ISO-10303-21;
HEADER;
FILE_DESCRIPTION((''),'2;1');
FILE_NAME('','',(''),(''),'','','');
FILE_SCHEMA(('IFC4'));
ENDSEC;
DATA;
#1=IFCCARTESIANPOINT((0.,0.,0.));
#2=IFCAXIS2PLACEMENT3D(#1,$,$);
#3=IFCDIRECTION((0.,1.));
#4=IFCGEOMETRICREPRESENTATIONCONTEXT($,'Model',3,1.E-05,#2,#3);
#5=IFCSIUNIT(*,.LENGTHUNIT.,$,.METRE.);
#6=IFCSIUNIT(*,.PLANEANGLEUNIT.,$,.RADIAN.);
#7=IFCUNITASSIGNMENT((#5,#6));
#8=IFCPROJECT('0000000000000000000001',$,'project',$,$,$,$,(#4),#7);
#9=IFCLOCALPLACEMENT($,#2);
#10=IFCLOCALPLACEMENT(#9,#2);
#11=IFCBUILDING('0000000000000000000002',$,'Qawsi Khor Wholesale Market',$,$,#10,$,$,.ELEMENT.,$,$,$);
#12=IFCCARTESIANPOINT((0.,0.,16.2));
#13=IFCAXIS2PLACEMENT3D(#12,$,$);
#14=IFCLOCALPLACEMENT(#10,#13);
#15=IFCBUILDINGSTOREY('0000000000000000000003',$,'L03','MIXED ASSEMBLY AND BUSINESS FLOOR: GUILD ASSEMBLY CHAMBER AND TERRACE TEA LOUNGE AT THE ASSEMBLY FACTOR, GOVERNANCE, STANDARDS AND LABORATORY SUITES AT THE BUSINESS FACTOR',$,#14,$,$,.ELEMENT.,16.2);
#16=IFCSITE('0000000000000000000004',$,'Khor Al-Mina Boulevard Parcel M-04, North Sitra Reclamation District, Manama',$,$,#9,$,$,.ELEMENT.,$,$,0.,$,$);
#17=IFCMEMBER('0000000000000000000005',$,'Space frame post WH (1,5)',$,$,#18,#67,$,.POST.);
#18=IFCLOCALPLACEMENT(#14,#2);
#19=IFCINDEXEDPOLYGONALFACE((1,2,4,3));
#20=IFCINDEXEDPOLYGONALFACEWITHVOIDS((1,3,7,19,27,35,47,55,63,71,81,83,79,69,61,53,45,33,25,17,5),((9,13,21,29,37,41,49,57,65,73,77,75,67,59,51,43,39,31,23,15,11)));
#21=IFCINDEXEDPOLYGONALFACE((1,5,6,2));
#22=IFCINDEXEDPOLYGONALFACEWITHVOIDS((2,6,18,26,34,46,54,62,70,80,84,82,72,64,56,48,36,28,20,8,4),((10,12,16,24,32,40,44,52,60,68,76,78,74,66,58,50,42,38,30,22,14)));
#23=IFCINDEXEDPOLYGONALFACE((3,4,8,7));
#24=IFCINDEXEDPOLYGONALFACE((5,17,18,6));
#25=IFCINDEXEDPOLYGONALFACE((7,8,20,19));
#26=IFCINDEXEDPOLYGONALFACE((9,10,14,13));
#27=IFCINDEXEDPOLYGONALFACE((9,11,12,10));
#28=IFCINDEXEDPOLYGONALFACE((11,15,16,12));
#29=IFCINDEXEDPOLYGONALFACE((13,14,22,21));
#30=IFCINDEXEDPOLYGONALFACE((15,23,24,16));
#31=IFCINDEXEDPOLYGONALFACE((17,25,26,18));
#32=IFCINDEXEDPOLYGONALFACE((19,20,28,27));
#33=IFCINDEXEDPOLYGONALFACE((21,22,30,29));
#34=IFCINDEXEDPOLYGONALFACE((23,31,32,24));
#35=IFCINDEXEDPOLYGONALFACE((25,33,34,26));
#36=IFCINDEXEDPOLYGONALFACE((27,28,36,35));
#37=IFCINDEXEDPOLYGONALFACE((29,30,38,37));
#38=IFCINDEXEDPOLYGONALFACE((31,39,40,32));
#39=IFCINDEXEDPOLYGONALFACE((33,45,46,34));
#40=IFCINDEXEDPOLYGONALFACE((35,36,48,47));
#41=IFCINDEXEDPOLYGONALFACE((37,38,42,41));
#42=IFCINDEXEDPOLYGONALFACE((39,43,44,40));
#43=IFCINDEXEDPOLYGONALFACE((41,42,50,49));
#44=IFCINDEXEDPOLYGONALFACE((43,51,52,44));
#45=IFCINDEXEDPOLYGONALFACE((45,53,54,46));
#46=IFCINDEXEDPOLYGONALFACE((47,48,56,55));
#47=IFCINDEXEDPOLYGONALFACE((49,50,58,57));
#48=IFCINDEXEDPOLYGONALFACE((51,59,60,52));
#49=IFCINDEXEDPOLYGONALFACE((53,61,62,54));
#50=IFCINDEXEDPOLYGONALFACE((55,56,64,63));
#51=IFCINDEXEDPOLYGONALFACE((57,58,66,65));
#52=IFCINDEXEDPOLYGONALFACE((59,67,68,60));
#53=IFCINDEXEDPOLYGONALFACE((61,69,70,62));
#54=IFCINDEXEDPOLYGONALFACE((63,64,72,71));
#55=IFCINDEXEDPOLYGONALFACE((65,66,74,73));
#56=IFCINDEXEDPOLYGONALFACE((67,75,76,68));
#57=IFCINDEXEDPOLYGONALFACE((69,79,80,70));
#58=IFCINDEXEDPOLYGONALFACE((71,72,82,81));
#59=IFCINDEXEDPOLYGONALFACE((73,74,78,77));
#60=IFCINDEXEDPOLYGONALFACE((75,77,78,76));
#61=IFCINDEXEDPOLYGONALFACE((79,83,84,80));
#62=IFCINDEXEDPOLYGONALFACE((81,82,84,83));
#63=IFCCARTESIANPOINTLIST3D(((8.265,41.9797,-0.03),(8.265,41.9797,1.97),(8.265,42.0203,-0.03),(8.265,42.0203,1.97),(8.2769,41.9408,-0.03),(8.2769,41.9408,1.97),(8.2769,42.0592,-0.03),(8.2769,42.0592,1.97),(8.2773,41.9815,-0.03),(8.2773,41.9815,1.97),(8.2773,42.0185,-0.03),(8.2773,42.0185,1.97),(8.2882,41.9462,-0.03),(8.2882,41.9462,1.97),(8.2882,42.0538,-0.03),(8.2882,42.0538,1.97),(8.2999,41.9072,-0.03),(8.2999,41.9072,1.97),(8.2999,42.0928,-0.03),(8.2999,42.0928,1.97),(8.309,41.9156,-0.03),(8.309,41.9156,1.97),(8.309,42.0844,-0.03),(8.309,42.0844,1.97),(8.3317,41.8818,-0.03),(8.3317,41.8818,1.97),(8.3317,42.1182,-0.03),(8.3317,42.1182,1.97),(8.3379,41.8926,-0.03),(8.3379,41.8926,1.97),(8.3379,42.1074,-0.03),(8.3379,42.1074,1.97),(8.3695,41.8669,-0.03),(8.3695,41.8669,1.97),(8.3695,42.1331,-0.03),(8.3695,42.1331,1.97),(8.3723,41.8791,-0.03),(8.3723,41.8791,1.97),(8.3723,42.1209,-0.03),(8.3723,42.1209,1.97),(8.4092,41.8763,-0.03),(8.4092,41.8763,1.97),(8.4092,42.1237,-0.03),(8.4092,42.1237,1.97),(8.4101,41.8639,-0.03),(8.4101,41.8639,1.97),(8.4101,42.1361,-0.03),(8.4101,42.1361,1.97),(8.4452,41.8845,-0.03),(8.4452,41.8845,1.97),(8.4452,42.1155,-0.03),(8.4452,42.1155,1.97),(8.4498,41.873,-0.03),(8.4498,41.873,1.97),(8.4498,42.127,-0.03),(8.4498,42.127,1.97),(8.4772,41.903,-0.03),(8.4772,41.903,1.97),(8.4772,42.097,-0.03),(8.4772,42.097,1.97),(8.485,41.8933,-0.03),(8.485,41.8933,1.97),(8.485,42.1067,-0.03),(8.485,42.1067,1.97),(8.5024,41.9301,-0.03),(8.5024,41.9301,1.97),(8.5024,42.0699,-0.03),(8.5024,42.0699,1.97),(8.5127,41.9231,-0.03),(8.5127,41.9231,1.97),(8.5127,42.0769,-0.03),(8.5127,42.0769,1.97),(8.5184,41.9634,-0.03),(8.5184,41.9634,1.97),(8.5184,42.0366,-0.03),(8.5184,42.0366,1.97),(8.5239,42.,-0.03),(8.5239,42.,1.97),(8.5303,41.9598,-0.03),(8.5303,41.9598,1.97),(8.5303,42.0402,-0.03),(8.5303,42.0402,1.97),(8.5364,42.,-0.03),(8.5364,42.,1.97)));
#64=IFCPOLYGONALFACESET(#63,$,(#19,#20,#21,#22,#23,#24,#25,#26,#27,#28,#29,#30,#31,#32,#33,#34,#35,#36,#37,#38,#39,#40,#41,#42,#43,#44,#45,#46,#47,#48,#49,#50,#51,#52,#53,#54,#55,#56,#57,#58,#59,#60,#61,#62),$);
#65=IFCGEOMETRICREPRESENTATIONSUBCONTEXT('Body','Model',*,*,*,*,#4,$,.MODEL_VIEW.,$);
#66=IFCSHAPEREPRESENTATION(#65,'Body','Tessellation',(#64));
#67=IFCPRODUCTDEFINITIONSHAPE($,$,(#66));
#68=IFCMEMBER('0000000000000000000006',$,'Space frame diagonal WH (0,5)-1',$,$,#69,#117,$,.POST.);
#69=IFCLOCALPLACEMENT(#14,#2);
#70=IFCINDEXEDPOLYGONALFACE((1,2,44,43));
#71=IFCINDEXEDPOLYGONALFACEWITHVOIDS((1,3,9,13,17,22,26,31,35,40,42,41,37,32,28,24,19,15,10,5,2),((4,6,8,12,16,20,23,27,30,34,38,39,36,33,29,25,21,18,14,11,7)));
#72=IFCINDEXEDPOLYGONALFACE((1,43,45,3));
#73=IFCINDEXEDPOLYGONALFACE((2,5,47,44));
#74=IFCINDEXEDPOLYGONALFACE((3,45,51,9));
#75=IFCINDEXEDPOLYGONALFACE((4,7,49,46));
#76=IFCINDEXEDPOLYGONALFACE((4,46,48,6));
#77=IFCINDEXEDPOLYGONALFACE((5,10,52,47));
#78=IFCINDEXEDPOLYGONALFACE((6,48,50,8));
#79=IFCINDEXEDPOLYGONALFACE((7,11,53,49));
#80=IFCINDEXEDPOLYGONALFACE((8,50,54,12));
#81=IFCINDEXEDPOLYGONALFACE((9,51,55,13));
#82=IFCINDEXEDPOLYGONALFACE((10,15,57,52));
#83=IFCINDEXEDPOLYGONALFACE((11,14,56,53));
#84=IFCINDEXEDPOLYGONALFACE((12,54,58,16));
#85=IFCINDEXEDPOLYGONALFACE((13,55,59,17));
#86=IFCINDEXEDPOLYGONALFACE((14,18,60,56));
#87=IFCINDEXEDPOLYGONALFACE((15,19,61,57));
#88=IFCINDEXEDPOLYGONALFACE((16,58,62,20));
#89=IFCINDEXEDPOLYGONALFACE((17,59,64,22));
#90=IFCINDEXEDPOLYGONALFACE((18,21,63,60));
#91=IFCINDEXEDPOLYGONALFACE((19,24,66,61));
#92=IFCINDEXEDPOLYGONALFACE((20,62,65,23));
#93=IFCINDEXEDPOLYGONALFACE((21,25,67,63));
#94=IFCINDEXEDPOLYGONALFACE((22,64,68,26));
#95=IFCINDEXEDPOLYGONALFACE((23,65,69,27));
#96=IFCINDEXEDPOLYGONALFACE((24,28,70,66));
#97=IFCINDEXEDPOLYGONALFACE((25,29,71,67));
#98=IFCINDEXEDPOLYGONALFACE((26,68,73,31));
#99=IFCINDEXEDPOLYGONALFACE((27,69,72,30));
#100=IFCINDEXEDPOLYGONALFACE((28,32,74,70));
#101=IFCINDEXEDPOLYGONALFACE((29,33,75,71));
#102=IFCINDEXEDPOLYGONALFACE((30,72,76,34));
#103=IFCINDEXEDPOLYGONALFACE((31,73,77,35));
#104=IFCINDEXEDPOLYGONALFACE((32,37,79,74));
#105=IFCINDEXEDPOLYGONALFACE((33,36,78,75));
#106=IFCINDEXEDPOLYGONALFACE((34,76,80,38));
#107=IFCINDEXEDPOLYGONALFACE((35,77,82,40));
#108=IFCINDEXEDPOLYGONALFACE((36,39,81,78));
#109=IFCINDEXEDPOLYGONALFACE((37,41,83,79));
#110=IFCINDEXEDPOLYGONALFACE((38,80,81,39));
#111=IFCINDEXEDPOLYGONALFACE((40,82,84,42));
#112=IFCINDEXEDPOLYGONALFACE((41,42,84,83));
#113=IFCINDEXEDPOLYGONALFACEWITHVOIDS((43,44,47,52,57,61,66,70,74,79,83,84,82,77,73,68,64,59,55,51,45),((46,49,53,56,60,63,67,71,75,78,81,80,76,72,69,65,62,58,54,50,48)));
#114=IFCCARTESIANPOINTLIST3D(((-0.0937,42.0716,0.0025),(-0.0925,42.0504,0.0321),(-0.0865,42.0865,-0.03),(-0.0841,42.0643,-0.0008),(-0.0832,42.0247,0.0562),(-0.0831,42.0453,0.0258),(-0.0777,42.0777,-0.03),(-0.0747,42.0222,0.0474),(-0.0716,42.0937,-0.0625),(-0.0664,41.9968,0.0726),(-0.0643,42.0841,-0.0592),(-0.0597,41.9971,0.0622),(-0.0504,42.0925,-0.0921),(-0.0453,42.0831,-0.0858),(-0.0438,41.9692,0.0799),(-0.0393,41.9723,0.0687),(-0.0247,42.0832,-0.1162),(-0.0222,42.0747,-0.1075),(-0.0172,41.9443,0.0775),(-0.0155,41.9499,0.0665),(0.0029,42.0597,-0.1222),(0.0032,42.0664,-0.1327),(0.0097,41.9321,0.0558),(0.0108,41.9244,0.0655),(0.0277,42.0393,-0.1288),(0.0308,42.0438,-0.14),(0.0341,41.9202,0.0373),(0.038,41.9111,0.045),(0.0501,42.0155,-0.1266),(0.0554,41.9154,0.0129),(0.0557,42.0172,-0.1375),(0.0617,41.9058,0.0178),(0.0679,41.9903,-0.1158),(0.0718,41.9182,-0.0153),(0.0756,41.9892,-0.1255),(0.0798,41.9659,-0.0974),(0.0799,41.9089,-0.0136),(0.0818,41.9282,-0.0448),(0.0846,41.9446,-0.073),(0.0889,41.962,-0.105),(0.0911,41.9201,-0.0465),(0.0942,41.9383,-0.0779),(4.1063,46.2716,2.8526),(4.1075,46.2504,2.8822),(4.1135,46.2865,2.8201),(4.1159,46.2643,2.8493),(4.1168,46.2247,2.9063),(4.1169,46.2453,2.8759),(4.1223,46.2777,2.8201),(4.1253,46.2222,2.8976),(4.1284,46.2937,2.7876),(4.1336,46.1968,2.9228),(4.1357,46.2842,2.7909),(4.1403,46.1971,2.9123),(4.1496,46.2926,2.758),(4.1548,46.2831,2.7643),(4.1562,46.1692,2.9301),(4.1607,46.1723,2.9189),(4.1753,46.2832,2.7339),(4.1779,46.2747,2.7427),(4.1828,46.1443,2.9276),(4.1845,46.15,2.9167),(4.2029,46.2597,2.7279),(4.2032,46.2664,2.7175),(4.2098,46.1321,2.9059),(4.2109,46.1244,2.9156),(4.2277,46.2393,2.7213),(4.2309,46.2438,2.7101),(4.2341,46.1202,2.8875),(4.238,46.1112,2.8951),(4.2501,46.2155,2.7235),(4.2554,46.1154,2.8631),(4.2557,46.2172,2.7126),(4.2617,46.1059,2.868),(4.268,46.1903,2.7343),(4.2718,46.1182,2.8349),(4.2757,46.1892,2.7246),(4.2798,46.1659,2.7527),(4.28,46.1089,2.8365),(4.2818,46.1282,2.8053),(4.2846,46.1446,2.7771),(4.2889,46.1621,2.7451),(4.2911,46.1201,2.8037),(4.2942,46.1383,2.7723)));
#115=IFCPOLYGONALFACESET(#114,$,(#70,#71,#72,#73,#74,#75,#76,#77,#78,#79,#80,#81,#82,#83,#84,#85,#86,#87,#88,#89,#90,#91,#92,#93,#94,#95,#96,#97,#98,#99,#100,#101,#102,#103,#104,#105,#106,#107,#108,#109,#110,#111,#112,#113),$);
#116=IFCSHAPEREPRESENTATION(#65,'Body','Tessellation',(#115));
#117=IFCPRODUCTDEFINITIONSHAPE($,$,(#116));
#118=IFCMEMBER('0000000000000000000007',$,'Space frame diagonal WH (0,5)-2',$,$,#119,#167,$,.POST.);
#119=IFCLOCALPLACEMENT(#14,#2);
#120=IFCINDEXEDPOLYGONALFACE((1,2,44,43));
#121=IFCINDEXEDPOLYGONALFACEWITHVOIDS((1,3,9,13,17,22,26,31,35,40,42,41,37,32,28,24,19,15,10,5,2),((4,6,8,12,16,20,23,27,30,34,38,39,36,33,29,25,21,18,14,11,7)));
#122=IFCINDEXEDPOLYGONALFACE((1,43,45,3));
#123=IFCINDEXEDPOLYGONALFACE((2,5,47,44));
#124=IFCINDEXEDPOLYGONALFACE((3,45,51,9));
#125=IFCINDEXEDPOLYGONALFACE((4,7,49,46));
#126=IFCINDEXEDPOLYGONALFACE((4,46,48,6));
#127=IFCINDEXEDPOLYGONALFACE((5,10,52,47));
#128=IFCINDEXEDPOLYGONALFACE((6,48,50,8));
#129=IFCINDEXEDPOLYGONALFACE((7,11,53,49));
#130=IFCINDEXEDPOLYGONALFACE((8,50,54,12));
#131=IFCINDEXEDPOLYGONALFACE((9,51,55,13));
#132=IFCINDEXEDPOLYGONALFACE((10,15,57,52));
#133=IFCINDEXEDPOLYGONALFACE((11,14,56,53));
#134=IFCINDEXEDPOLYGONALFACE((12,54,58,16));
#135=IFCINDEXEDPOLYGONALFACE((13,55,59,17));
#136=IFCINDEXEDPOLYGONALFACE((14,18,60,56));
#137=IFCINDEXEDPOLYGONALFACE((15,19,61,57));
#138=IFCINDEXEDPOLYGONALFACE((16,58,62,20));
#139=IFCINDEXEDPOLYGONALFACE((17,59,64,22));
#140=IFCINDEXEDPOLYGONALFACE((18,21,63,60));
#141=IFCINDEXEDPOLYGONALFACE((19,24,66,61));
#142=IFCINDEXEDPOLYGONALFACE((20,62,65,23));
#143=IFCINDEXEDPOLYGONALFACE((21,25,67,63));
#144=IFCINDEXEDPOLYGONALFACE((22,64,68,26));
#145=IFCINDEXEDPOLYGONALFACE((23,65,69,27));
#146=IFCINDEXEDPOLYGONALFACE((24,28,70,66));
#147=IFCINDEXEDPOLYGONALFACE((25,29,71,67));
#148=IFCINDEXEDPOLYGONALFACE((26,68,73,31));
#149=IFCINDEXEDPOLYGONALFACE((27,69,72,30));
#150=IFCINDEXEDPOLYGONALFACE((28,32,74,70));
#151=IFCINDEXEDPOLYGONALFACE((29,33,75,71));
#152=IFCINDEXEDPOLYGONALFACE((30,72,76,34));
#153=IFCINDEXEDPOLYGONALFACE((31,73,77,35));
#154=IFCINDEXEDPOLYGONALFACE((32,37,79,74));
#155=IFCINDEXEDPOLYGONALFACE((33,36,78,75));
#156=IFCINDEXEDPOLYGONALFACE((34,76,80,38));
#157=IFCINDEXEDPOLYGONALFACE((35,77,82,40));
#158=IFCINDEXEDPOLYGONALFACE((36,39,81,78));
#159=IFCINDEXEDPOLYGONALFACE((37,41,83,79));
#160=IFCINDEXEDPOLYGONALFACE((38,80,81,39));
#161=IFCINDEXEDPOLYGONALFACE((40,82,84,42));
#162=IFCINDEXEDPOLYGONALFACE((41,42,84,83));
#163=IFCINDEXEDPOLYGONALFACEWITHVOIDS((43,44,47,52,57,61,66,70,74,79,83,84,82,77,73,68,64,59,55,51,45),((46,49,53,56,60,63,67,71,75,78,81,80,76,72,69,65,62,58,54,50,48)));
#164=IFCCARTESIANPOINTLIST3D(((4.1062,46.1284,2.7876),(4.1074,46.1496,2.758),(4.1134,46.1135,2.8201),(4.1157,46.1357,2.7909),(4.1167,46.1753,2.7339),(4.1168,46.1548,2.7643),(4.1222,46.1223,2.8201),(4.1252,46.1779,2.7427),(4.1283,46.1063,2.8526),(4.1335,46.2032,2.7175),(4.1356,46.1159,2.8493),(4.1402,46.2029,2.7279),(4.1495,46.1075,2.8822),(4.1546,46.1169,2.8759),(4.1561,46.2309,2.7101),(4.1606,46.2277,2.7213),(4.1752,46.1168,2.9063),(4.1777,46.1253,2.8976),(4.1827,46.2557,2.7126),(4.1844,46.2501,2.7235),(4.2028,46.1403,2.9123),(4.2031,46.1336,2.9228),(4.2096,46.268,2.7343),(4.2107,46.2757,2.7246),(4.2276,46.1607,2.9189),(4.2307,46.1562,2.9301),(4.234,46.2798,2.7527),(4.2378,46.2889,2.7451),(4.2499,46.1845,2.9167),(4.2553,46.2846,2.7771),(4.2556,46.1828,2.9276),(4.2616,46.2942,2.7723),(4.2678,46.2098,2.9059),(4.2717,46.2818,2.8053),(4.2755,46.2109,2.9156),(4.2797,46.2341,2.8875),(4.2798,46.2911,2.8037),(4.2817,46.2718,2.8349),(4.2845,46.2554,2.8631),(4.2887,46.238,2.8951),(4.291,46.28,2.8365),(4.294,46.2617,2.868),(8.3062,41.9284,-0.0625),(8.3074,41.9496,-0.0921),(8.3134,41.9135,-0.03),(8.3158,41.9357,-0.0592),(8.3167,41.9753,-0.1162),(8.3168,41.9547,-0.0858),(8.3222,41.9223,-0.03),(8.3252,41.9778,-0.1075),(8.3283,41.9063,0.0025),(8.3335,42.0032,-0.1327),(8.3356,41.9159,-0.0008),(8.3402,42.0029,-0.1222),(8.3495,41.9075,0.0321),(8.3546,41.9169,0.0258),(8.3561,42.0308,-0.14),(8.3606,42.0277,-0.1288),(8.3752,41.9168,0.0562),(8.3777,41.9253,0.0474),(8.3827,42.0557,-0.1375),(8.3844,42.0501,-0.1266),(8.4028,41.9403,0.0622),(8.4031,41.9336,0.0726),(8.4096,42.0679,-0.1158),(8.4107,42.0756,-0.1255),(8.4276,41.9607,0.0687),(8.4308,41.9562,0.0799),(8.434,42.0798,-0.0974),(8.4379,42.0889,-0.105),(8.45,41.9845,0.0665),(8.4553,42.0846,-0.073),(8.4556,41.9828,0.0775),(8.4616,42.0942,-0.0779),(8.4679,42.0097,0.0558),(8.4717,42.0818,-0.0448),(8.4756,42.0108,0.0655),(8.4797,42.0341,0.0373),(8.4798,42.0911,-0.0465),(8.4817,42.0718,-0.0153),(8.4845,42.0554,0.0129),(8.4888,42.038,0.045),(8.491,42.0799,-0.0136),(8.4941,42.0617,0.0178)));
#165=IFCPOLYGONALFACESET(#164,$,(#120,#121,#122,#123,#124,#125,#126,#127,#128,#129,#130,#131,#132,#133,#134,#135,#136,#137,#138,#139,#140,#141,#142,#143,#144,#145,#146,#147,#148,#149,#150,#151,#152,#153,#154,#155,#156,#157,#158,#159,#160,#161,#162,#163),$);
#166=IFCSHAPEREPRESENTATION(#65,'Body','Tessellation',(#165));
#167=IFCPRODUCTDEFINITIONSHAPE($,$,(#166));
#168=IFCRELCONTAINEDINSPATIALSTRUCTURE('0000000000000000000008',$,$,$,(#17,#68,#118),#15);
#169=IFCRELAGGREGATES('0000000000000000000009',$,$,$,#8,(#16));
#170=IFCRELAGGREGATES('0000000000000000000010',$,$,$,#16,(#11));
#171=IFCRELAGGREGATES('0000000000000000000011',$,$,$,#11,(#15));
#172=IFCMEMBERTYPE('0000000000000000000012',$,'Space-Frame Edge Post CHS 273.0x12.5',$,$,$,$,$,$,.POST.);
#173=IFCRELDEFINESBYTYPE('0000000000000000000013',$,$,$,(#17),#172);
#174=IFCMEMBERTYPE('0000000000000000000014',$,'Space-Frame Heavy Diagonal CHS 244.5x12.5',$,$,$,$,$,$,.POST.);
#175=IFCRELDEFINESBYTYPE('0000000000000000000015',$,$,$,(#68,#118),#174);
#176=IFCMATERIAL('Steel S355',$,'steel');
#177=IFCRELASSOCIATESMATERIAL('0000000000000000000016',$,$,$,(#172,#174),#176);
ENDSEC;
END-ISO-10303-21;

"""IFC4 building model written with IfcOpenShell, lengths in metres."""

from ifc_helpers import new_model, si_unit, direction, frame, origin, origin_2d, place, context, subcontext, project, spatial, hollow_circle, extrude, material, material_profile, profile_set, type_object, element, save


model = new_model("IFC4")

# Units and contexts
model_context = context("Model", 3, precision=1e-05, world=origin(), true_north=direction((0.0, 1.0)))
body_context = subcontext(model_context, "Body", "Model", "MODEL_VIEW")
ifc_project = project(units=[si_unit("LENGTHUNIT", "METRE"), si_unit("PLANEANGLEUNIT", "RADIAN")], contexts=[model_context])

# Site, building, storey
site_placement = place(None, origin())
site = spatial("IfcSite", under=ifc_project, at=site_placement, Name="Khor Al-Mina Boulevard Parcel M-04, North Sitra Reclamation District, Manama", CompositionType="ELEMENT", RefElevation=0.0)
building_placement = place(site_placement, origin())
building = spatial("IfcBuilding", under=site, at=building_placement, Name="Qawsi Khor Wholesale Market", CompositionType="ELEMENT")
storey_placement = place(building_placement, frame((0.0, 0.0, 16.2)))
storey = spatial("IfcBuildingStorey", under=building, at=storey_placement, Name="L03", Description="MIXED ASSEMBLY AND BUSINESS FLOOR: GUILD ASSEMBLY CHAMBER AND TERRACE TEA LOUNGE AT THE ASSEMBLY FACTOR, GOVERNANCE, STANDARDS AND LABORATORY SUITES AT THE BUSINESS FACTOR", CompositionType="ELEMENT", Elevation=16.2)

# Members
ifc_material_1 = material(Name="Steel S355", Category="steel")
ifc_material_profile_1 = material_profile(ifc_material_1, hollow_circle(Radius=0.1365, WallThickness=0.0125, at=origin_2d()), Name="CHS 273.0x12.5")
ifc_profile_set_1 = profile_set([ifc_material_profile_1], Name="Steel S355")
member_type_1 = type_object("IfcMemberType", Name="Space-Frame Edge Post CHS 273.0x12.5", PredefinedType="POST", material=ifc_profile_set_1)
for number, where, z_axis, x_axis, name in (
    (1, (8.3999, 42.0, -0.03), (0.0, 0.0, 1.0), (1.0, 0.0, 0.0), "Space frame post WH (1,5)"),
):
    element("IfcMember", number, at=place(storey_placement, frame(where, z_axis=z_axis, x_axis=x_axis)), inside=storey, type_object=member_type_1, Name=name, PredefinedType="POST", context=body_context, shape_type="SweptSolid", body=[
        extrude(hollow_circle(Radius=0.1365, WallThickness=0.0125, at=origin_2d()), origin(), (0.0, 0.0, 1.0), 2.0),
    ])
ifc_material_profile_2 = material_profile(ifc_material_1, hollow_circle(Radius=0.1223, WallThickness=0.0125, at=origin_2d()), Name="CHS 244.5x12.5")
ifc_profile_set_2 = profile_set([ifc_material_profile_2], Name="Steel S355")
member_type_2 = type_object("IfcMemberType", Name="Space-Frame Heavy Diagonal CHS 244.5x12.5", PredefinedType="POST", material=ifc_profile_set_2)
for number, where, z_axis, x_axis, name in (
    (2, (0.0, 42.0, -0.03), (0.637512, 0.637512, 0.432617), (-0.707107, 0.707107, 0.0), "Space frame diagonal WH (0,5)-1"),
    (3, (8.3999, 42.0, -0.03), (-0.637512, 0.637512, 0.432617), (-0.707107, -0.707107, 0.0), "Space frame diagonal WH (0,5)-2"),
):
    element("IfcMember", number, at=place(storey_placement, frame(where, z_axis=z_axis, x_axis=x_axis)), inside=storey, type_object=member_type_2, Name=name, PredefinedType="POST", context=body_context, shape_type="SweptSolid", body=[
        extrude(hollow_circle(Radius=0.1223, WallThickness=0.0125, at=origin_2d()), origin(), (0.0, 0.0, 1.0), 6.5881),
    ])

save(model, "model.ifc")
